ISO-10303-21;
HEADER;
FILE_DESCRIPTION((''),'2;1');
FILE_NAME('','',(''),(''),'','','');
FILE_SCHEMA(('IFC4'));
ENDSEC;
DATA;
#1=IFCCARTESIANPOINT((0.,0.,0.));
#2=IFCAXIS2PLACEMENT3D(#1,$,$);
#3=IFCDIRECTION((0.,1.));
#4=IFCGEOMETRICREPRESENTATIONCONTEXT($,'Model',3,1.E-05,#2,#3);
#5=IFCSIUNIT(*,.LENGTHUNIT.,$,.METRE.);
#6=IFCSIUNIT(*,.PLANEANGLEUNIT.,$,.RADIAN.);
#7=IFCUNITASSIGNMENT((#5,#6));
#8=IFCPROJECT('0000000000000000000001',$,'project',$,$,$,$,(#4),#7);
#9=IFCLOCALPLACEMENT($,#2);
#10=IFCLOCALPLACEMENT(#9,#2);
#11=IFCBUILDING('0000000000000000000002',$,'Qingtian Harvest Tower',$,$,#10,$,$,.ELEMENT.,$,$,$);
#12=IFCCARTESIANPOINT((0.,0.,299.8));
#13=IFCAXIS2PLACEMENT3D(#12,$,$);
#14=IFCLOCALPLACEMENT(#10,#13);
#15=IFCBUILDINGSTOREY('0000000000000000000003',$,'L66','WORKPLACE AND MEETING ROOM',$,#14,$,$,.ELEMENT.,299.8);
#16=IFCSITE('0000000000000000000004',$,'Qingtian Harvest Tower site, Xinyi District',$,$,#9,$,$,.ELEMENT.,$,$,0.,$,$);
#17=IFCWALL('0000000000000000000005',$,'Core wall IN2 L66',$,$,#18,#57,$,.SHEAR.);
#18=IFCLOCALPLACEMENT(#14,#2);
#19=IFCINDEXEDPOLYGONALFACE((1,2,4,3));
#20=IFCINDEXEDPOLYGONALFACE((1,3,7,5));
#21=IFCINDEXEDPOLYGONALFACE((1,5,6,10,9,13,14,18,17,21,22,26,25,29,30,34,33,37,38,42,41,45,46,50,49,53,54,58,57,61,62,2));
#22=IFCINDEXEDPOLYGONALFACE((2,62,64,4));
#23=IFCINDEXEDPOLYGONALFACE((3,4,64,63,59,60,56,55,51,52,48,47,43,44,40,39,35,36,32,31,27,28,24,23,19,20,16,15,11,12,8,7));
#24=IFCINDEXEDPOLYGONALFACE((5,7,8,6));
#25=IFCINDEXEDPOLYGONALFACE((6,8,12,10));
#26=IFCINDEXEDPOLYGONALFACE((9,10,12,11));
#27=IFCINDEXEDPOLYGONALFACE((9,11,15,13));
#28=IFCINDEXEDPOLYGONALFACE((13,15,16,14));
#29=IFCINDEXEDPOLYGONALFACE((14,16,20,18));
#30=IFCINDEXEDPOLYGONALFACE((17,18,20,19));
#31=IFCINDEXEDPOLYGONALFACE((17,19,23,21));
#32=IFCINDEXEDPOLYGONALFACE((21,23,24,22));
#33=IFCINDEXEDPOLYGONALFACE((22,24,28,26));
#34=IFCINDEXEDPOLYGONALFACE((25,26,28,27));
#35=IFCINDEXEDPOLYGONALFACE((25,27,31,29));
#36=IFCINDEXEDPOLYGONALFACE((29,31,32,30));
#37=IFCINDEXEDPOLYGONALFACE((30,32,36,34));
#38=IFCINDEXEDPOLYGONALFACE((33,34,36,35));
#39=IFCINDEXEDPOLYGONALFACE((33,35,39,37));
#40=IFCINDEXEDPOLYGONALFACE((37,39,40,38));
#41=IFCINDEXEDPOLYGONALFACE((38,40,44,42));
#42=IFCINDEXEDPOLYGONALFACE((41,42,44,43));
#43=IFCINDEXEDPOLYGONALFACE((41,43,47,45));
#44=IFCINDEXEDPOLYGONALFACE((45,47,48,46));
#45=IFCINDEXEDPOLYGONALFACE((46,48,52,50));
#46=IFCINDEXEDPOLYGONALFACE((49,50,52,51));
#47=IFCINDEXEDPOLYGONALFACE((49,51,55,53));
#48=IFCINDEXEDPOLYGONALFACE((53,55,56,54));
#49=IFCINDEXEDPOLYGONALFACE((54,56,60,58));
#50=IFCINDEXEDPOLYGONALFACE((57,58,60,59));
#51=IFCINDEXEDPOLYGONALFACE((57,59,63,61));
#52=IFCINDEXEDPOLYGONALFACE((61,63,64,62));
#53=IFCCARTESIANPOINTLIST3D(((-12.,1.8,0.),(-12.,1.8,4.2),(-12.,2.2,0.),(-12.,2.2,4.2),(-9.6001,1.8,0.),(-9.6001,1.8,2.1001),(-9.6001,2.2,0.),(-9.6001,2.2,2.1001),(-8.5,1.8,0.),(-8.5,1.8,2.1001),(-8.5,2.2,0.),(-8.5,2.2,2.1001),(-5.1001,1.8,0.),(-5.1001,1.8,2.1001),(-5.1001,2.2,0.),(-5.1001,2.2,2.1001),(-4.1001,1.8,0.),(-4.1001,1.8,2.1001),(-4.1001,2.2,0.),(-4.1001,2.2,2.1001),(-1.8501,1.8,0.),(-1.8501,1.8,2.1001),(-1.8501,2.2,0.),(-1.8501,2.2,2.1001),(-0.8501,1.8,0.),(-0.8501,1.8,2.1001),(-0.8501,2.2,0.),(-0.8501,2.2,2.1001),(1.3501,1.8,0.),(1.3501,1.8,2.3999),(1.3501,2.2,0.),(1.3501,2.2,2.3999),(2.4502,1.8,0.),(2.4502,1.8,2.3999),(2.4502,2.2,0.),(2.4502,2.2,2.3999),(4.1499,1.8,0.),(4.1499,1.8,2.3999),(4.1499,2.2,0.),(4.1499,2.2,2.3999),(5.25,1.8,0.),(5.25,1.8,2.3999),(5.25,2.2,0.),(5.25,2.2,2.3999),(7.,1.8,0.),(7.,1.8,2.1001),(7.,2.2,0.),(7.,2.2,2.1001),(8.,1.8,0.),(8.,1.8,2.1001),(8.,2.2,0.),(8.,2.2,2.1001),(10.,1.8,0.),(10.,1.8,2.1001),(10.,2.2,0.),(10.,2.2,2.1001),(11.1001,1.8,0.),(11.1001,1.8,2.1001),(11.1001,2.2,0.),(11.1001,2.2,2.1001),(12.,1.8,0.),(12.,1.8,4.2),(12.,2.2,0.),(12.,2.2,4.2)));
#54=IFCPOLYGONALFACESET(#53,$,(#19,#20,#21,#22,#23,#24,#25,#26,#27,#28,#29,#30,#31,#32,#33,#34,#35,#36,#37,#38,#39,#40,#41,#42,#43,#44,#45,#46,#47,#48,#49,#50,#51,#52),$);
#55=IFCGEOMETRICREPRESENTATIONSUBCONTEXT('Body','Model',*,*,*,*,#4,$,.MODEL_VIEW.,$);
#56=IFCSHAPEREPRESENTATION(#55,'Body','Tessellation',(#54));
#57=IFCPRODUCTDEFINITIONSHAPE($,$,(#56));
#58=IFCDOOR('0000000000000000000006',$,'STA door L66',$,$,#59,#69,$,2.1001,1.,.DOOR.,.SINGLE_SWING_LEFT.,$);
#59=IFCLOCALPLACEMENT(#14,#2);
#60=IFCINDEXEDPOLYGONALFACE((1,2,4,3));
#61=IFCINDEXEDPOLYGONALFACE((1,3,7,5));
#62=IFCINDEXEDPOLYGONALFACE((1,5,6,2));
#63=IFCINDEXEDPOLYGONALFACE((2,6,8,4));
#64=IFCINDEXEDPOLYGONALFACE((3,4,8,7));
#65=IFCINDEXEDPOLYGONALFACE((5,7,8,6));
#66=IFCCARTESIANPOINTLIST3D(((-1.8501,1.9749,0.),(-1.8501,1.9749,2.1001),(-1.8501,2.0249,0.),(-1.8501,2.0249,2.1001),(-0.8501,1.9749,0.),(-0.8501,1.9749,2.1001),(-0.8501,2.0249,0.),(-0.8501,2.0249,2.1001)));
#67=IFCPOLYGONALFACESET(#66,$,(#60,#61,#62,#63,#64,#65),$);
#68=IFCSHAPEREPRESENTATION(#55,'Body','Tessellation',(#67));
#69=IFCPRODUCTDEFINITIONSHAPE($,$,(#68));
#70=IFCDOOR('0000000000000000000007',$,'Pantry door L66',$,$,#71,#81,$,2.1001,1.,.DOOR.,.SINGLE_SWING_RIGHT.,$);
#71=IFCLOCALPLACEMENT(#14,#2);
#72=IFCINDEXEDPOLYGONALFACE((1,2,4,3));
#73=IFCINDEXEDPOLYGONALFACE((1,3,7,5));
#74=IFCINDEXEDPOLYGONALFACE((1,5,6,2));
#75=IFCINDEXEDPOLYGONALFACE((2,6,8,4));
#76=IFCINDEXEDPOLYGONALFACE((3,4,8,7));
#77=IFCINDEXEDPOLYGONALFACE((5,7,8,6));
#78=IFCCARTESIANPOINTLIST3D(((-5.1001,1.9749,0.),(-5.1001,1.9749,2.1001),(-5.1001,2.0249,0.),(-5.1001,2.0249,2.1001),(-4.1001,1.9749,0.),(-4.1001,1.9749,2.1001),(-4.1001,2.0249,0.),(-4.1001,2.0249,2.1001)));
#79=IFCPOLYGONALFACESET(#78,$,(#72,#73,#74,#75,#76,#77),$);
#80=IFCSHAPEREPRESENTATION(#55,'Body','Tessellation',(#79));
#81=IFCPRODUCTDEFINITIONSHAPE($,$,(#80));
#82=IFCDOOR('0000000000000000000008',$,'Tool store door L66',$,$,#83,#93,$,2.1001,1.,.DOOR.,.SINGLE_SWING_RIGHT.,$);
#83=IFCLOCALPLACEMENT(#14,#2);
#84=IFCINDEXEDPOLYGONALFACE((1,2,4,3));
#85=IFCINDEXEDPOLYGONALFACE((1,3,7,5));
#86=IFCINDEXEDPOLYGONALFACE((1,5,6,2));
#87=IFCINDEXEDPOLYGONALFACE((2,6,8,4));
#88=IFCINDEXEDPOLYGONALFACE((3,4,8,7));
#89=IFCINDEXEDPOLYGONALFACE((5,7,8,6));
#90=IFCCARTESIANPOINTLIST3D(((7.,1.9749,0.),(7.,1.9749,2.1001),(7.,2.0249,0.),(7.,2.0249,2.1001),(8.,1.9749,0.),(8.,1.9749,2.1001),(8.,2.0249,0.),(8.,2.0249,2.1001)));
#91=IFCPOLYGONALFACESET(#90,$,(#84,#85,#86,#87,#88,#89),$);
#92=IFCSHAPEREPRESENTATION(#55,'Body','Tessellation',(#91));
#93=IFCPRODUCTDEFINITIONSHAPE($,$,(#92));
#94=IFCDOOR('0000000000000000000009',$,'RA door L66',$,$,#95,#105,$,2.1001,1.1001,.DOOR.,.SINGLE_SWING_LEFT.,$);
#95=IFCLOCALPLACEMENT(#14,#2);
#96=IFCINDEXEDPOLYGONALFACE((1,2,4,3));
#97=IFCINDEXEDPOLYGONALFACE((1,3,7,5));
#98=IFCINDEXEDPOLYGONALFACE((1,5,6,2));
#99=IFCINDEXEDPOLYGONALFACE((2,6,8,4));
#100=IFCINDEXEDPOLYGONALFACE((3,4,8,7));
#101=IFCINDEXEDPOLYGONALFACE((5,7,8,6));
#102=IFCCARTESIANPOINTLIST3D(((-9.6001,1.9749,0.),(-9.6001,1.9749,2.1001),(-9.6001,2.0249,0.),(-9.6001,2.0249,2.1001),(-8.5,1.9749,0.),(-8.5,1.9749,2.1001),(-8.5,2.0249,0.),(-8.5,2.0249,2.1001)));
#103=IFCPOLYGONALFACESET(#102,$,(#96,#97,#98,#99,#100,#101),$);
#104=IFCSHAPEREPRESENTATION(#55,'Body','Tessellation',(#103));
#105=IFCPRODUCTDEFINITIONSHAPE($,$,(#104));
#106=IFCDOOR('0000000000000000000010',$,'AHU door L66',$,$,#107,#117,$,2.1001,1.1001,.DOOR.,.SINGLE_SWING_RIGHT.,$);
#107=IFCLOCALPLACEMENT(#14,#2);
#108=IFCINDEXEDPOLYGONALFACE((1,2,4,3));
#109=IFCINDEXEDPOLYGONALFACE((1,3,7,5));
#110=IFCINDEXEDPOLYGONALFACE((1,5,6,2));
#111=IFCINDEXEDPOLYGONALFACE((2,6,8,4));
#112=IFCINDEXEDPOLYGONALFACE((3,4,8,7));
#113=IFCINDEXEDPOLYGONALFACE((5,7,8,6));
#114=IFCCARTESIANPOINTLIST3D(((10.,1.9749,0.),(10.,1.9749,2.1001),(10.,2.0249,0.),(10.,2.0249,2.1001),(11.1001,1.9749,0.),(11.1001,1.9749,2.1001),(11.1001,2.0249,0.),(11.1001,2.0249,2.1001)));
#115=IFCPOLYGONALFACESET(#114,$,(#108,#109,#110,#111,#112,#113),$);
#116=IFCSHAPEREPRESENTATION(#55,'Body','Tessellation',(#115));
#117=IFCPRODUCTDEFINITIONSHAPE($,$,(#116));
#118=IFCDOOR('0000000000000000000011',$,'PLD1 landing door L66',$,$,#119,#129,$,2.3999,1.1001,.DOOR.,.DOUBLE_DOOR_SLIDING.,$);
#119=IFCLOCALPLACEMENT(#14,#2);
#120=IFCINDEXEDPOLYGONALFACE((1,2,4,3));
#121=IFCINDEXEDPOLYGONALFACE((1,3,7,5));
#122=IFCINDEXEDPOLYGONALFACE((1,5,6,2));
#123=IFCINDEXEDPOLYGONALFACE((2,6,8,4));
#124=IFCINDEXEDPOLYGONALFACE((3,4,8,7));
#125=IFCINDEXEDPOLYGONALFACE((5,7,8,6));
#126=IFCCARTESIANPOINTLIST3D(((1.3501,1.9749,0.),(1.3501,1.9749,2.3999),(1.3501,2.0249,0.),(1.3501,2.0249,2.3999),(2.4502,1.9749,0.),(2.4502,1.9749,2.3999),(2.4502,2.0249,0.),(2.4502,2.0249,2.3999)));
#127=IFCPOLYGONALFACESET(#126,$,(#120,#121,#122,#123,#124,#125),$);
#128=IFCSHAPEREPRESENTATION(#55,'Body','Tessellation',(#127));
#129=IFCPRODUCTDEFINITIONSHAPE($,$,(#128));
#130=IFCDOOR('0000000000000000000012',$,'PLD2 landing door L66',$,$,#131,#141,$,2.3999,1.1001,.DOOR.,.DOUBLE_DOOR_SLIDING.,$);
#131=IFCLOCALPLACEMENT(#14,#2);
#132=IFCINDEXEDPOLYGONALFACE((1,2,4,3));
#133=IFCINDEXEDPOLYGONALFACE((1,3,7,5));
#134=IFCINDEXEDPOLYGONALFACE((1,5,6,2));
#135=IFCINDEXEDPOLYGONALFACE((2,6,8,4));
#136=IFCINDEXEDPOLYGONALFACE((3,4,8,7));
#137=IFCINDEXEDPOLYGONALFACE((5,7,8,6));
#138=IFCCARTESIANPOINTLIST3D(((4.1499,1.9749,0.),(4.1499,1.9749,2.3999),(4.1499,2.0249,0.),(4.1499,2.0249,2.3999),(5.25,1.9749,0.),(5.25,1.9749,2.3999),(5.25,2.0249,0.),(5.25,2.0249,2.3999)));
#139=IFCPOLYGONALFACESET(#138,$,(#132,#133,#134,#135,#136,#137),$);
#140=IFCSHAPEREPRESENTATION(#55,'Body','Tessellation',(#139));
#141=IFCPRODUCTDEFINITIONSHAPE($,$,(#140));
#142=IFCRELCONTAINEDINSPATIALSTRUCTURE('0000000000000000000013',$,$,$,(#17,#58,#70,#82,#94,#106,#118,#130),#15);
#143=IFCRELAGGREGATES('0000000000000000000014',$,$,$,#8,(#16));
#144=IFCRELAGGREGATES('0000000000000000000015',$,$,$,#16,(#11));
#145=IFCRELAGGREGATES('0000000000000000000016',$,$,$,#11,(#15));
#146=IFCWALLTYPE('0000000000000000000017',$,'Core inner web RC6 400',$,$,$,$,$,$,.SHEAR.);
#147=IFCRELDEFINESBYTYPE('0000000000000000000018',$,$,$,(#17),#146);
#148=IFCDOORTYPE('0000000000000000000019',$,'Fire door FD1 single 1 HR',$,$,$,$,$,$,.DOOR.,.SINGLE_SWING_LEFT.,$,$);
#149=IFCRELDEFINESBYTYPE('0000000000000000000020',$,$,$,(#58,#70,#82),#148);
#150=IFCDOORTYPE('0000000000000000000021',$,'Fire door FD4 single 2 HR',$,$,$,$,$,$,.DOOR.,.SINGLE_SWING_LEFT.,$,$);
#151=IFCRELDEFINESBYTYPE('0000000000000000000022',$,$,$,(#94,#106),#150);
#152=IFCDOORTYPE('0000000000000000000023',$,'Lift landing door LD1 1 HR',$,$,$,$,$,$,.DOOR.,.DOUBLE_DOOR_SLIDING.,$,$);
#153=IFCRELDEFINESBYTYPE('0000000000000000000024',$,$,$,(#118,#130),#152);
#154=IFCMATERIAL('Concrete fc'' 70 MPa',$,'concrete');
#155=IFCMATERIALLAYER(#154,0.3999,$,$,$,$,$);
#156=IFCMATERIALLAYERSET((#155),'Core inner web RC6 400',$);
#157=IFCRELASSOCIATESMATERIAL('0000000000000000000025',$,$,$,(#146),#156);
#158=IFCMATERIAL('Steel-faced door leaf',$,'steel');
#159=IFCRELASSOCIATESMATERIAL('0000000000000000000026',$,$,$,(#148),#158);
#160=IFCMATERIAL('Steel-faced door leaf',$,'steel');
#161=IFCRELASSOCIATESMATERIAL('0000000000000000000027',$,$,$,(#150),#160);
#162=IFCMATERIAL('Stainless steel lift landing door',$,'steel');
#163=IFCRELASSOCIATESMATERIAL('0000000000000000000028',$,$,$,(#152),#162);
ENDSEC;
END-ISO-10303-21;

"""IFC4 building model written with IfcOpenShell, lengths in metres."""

from ifc_helpers import new_model, si_unit, direction, frame, frame_2d, origin, place, context, subcontext, project, spatial, rectangle, extrude, material, layer, layer_set, type_object, element, fill, save


model = new_model("IFC4")

# Units and contexts
model_context = context("Model", 3, precision=1e-05, world=origin(), true_north=direction((0.0, 1.0)))
body_context = subcontext(model_context, "Body", "Model", "MODEL_VIEW")
ifc_project = project(units=[si_unit("LENGTHUNIT", "METRE"), si_unit("PLANEANGLEUNIT", "RADIAN")], contexts=[model_context])

# Site, building, storey
site_placement = place(None, origin())
site = spatial("IfcSite", under=ifc_project, at=site_placement, Name="Qingtian Harvest Tower site, Xinyi District", CompositionType="ELEMENT", RefElevation=0.0)
building_placement = place(site_placement, origin())
building = spatial("IfcBuilding", under=site, at=building_placement, Name="Qingtian Harvest Tower", CompositionType="ELEMENT")
storey_placement = place(building_placement, frame((0.0, 0.0, 299.8)))
storey = spatial("IfcBuildingStorey", under=building, at=storey_placement, Name="L66", Description="WORKPLACE AND MEETING ROOM", CompositionType="ELEMENT", Elevation=299.8)

# Wall, openings, doors
ifc_material_1 = material(Name="Concrete fc' 70 MPa", Category="concrete")
ifc_layer_1 = layer(ifc_material_1, 0.3999)
ifc_layer_set_1 = layer_set([ifc_layer_1], Name="Core inner web RC6 400")
wall_type_1 = type_object("IfcWallType", Name="Core inner web RC6 400", PredefinedType="SHEAR", material=ifc_layer_set_1)
wall_1_placement = place(storey_placement, frame((-12.0, 2.0, 0.0), z_axis=(0.0, 0.0, 1.0), x_axis=(1.0, 0.0, 0.0)))
wall_1 = element("IfcWall", 1, at=wall_1_placement, inside=storey, type_object=wall_type_1, Name="Core wall IN2 L66", PredefinedType="SHEAR", context=body_context, shape_type="SweptSolid", body=[
    extrude(rectangle(XDim=24.0, YDim=0.3999, at=frame_2d((12.0, 0.0))), origin(), (0.0, 0.0, 1.0), 4.2),
])
opening_1_placement = place(wall_1_placement, frame((2.3999, 0.0, 0.0)))
opening_1 = element("IfcOpeningElement", 2, at=opening_1_placement, cuts=wall_1, PredefinedType="OPENING", context=body_context, shape_type="SweptSolid", body=[
    extrude(rectangle(XDim=1.1001, YDim=2.1001, at=frame_2d((0.55, 1.05))), frame((0.0, 0.21, 0.0), z_axis=(0.0, -1.0, 0.0), x_axis=(1.0, 0.0, 0.0)), (0.0, 0.0, 1.0), 0.4199),
])
opening_2_placement = place(wall_1_placement, frame((22.0, 0.0, 0.0)))
opening_2 = element("IfcOpeningElement", 3, at=opening_2_placement, cuts=wall_1, PredefinedType="OPENING", context=body_context, shape_type="SweptSolid", body=[
    extrude(rectangle(XDim=1.1001, YDim=2.1001, at=frame_2d((0.55, 1.05))), frame((0.0, 0.21, 0.0), z_axis=(0.0, -1.0, 0.0), x_axis=(1.0, 0.0, 0.0)), (0.0, 0.0, 1.0), 0.4199),
])
opening_3_placement = place(wall_1_placement, frame((10.1499, 0.0, 0.0)))
opening_3 = element("IfcOpeningElement", 4, at=opening_3_placement, cuts=wall_1, PredefinedType="OPENING", context=body_context, shape_type="SweptSolid", body=[
    extrude(rectangle(XDim=1.0, YDim=2.1001, at=frame_2d((0.5, 1.05))), frame((0.0, 0.21, 0.0), z_axis=(0.0, -1.0, 0.0), x_axis=(1.0, 0.0, 0.0)), (0.0, 0.0, 1.0), 0.4199),
])
opening_4_placement = place(wall_1_placement, frame((6.8999, 0.0, 0.0)))
opening_4 = element("IfcOpeningElement", 5, at=opening_4_placement, cuts=wall_1, PredefinedType="OPENING", context=body_context, shape_type="SweptSolid", body=[
    extrude(rectangle(XDim=1.0, YDim=2.1001, at=frame_2d((0.5, 1.05))), frame((0.0, 0.21, 0.0), z_axis=(0.0, -1.0, 0.0), x_axis=(1.0, 0.0, 0.0)), (0.0, 0.0, 1.0), 0.4199),
])
opening_5_placement = place(wall_1_placement, frame((13.3501, 0.0, 0.0)))
opening_5 = element("IfcOpeningElement", 6, at=opening_5_placement, cuts=wall_1, PredefinedType="OPENING", context=body_context, shape_type="SweptSolid", body=[
    extrude(rectangle(XDim=1.1001, YDim=2.3999, at=frame_2d((0.55, 1.2))), frame((0.0, 0.21, 0.0), z_axis=(0.0, -1.0, 0.0), x_axis=(1.0, 0.0, 0.0)), (0.0, 0.0, 1.0), 0.4199),
])
opening_6_placement = place(wall_1_placement, frame((16.1499, 0.0, 0.0)))
opening_6 = element("IfcOpeningElement", 7, at=opening_6_placement, cuts=wall_1, PredefinedType="OPENING", context=body_context, shape_type="SweptSolid", body=[
    extrude(rectangle(XDim=1.1001, YDim=2.3999, at=frame_2d((0.55, 1.2))), frame((0.0, 0.21, 0.0), z_axis=(0.0, -1.0, 0.0), x_axis=(1.0, 0.0, 0.0)), (0.0, 0.0, 1.0), 0.4199),
])
opening_7_placement = place(wall_1_placement, frame((19.0, 0.0, 0.0)))
opening_7 = element("IfcOpeningElement", 8, at=opening_7_placement, cuts=wall_1, PredefinedType="OPENING", context=body_context, shape_type="SweptSolid", body=[
    extrude(rectangle(XDim=1.0, YDim=2.1001, at=frame_2d((0.5, 1.05))), frame((0.0, 0.21, 0.0), z_axis=(0.0, -1.0, 0.0), x_axis=(1.0, 0.0, 0.0)), (0.0, 0.0, 1.0), 0.4199),
])
ifc_material_2 = material(Name="Steel-faced door leaf", Category="steel")
door_type_1 = type_object("IfcDoorType", Name="Fire door FD1 single 1 HR", OperationType="SINGLE_SWING_LEFT", PredefinedType="DOOR", material=ifc_material_2)
door_1_placement = place(opening_3_placement, origin())
door_1 = element("IfcDoor", 9, at=door_1_placement, inside=storey, type_object=door_type_1, Name="STA door L66", OperationType="SINGLE_SWING_LEFT", OverallHeight=2.1001, OverallWidth=1.0, PredefinedType="DOOR", context=body_context, shape_type="SweptSolid", body=[
    extrude(rectangle(XDim=1.0, YDim=2.1001, at=frame_2d((0.5, 1.05))), frame((0.0, 0.0249, 0.0), z_axis=(0.0, -1.0, 0.0), x_axis=(1.0, 0.0, 0.0)), (0.0, 0.0, 1.0), 0.05),
])
fill(opening_3, door_1)
door_2_placement = place(opening_4_placement, origin())
door_2 = element("IfcDoor", 10, at=door_2_placement, inside=storey, type_object=door_type_1, Name="Pantry door L66", OperationType="SINGLE_SWING_RIGHT", OverallHeight=2.1001, OverallWidth=1.0, PredefinedType="DOOR", context=body_context, shape_type="SweptSolid", body=[
    extrude(rectangle(XDim=1.0, YDim=2.1001, at=frame_2d((0.5, 1.05))), frame((0.0, 0.0249, 0.0), z_axis=(0.0, -1.0, 0.0), x_axis=(1.0, 0.0, 0.0)), (0.0, 0.0, 1.0), 0.05),
])
fill(opening_4, door_2)
door_3_placement = place(opening_7_placement, origin())
door_3 = element("IfcDoor", 11, at=door_3_placement, inside=storey, type_object=door_type_1, Name="Tool store door L66", OperationType="SINGLE_SWING_RIGHT", OverallHeight=2.1001, OverallWidth=1.0, PredefinedType="DOOR", context=body_context, shape_type="SweptSolid", body=[
    extrude(rectangle(XDim=1.0, YDim=2.1001, at=frame_2d((0.5, 1.05))), frame((0.0, 0.0249, 0.0), z_axis=(0.0, -1.0, 0.0), x_axis=(1.0, 0.0, 0.0)), (0.0, 0.0, 1.0), 0.05),
])
fill(opening_7, door_3)
ifc_material_3 = material(Name="Steel-faced door leaf", Category="steel")
door_type_2 = type_object("IfcDoorType", Name="Fire door FD4 single 2 HR", OperationType="SINGLE_SWING_LEFT", PredefinedType="DOOR", material=ifc_material_3)
door_4_placement = place(opening_1_placement, origin())
door_4 = element("IfcDoor", 12, at=door_4_placement, inside=storey, type_object=door_type_2, Name="RA door L66", OperationType="SINGLE_SWING_LEFT", OverallHeight=2.1001, OverallWidth=1.1001, PredefinedType="DOOR", context=body_context, shape_type="SweptSolid", body=[
    extrude(rectangle(XDim=1.1001, YDim=2.1001, at=frame_2d((0.55, 1.05))), frame((0.0, 0.0249, 0.0), z_axis=(0.0, -1.0, 0.0), x_axis=(1.0, 0.0, 0.0)), (0.0, 0.0, 1.0), 0.05),
])
fill(opening_1, door_4)
door_5_placement = place(opening_2_placement, origin())
door_5 = element("IfcDoor", 13, at=door_5_placement, inside=storey, type_object=door_type_2, Name="AHU door L66", OperationType="SINGLE_SWING_RIGHT", OverallHeight=2.1001, OverallWidth=1.1001, PredefinedType="DOOR", context=body_context, shape_type="SweptSolid", body=[
    extrude(rectangle(XDim=1.1001, YDim=2.1001, at=frame_2d((0.55, 1.05))), frame((0.0, 0.0249, 0.0), z_axis=(0.0, -1.0, 0.0), x_axis=(1.0, 0.0, 0.0)), (0.0, 0.0, 1.0), 0.05),
])
fill(opening_2, door_5)
ifc_material_4 = material(Name="Stainless steel lift landing door", Category="steel")
door_type_3 = type_object("IfcDoorType", Name="Lift landing door LD1 1 HR", OperationType="DOUBLE_DOOR_SLIDING", PredefinedType="DOOR", material=ifc_material_4)
door_6_placement = place(opening_5_placement, origin())
door_6 = element("IfcDoor", 14, at=door_6_placement, inside=storey, type_object=door_type_3, Name="PLD1 landing door L66", OperationType="DOUBLE_DOOR_SLIDING", OverallHeight=2.3999, OverallWidth=1.1001, PredefinedType="DOOR", context=body_context, shape_type="SweptSolid", body=[
    extrude(rectangle(XDim=1.1001, YDim=2.3999, at=frame_2d((0.55, 1.2))), frame((0.0, 0.0249, 0.0), z_axis=(0.0, -1.0, 0.0), x_axis=(1.0, 0.0, 0.0)), (0.0, 0.0, 1.0), 0.05),
])
fill(opening_5, door_6)
door_7_placement = place(opening_6_placement, origin())
door_7 = element("IfcDoor", 15, at=door_7_placement, inside=storey, type_object=door_type_3, Name="PLD2 landing door L66", OperationType="DOUBLE_DOOR_SLIDING", OverallHeight=2.3999, OverallWidth=1.1001, PredefinedType="DOOR", context=body_context, shape_type="SweptSolid", body=[
    extrude(rectangle(XDim=1.1001, YDim=2.3999, at=frame_2d((0.55, 1.2))), frame((0.0, 0.0249, 0.0), z_axis=(0.0, -1.0, 0.0), x_axis=(1.0, 0.0, 0.0)), (0.0, 0.0, 1.0), 0.05),
])
fill(opening_6, door_7)

save(model, "model.ifc")
